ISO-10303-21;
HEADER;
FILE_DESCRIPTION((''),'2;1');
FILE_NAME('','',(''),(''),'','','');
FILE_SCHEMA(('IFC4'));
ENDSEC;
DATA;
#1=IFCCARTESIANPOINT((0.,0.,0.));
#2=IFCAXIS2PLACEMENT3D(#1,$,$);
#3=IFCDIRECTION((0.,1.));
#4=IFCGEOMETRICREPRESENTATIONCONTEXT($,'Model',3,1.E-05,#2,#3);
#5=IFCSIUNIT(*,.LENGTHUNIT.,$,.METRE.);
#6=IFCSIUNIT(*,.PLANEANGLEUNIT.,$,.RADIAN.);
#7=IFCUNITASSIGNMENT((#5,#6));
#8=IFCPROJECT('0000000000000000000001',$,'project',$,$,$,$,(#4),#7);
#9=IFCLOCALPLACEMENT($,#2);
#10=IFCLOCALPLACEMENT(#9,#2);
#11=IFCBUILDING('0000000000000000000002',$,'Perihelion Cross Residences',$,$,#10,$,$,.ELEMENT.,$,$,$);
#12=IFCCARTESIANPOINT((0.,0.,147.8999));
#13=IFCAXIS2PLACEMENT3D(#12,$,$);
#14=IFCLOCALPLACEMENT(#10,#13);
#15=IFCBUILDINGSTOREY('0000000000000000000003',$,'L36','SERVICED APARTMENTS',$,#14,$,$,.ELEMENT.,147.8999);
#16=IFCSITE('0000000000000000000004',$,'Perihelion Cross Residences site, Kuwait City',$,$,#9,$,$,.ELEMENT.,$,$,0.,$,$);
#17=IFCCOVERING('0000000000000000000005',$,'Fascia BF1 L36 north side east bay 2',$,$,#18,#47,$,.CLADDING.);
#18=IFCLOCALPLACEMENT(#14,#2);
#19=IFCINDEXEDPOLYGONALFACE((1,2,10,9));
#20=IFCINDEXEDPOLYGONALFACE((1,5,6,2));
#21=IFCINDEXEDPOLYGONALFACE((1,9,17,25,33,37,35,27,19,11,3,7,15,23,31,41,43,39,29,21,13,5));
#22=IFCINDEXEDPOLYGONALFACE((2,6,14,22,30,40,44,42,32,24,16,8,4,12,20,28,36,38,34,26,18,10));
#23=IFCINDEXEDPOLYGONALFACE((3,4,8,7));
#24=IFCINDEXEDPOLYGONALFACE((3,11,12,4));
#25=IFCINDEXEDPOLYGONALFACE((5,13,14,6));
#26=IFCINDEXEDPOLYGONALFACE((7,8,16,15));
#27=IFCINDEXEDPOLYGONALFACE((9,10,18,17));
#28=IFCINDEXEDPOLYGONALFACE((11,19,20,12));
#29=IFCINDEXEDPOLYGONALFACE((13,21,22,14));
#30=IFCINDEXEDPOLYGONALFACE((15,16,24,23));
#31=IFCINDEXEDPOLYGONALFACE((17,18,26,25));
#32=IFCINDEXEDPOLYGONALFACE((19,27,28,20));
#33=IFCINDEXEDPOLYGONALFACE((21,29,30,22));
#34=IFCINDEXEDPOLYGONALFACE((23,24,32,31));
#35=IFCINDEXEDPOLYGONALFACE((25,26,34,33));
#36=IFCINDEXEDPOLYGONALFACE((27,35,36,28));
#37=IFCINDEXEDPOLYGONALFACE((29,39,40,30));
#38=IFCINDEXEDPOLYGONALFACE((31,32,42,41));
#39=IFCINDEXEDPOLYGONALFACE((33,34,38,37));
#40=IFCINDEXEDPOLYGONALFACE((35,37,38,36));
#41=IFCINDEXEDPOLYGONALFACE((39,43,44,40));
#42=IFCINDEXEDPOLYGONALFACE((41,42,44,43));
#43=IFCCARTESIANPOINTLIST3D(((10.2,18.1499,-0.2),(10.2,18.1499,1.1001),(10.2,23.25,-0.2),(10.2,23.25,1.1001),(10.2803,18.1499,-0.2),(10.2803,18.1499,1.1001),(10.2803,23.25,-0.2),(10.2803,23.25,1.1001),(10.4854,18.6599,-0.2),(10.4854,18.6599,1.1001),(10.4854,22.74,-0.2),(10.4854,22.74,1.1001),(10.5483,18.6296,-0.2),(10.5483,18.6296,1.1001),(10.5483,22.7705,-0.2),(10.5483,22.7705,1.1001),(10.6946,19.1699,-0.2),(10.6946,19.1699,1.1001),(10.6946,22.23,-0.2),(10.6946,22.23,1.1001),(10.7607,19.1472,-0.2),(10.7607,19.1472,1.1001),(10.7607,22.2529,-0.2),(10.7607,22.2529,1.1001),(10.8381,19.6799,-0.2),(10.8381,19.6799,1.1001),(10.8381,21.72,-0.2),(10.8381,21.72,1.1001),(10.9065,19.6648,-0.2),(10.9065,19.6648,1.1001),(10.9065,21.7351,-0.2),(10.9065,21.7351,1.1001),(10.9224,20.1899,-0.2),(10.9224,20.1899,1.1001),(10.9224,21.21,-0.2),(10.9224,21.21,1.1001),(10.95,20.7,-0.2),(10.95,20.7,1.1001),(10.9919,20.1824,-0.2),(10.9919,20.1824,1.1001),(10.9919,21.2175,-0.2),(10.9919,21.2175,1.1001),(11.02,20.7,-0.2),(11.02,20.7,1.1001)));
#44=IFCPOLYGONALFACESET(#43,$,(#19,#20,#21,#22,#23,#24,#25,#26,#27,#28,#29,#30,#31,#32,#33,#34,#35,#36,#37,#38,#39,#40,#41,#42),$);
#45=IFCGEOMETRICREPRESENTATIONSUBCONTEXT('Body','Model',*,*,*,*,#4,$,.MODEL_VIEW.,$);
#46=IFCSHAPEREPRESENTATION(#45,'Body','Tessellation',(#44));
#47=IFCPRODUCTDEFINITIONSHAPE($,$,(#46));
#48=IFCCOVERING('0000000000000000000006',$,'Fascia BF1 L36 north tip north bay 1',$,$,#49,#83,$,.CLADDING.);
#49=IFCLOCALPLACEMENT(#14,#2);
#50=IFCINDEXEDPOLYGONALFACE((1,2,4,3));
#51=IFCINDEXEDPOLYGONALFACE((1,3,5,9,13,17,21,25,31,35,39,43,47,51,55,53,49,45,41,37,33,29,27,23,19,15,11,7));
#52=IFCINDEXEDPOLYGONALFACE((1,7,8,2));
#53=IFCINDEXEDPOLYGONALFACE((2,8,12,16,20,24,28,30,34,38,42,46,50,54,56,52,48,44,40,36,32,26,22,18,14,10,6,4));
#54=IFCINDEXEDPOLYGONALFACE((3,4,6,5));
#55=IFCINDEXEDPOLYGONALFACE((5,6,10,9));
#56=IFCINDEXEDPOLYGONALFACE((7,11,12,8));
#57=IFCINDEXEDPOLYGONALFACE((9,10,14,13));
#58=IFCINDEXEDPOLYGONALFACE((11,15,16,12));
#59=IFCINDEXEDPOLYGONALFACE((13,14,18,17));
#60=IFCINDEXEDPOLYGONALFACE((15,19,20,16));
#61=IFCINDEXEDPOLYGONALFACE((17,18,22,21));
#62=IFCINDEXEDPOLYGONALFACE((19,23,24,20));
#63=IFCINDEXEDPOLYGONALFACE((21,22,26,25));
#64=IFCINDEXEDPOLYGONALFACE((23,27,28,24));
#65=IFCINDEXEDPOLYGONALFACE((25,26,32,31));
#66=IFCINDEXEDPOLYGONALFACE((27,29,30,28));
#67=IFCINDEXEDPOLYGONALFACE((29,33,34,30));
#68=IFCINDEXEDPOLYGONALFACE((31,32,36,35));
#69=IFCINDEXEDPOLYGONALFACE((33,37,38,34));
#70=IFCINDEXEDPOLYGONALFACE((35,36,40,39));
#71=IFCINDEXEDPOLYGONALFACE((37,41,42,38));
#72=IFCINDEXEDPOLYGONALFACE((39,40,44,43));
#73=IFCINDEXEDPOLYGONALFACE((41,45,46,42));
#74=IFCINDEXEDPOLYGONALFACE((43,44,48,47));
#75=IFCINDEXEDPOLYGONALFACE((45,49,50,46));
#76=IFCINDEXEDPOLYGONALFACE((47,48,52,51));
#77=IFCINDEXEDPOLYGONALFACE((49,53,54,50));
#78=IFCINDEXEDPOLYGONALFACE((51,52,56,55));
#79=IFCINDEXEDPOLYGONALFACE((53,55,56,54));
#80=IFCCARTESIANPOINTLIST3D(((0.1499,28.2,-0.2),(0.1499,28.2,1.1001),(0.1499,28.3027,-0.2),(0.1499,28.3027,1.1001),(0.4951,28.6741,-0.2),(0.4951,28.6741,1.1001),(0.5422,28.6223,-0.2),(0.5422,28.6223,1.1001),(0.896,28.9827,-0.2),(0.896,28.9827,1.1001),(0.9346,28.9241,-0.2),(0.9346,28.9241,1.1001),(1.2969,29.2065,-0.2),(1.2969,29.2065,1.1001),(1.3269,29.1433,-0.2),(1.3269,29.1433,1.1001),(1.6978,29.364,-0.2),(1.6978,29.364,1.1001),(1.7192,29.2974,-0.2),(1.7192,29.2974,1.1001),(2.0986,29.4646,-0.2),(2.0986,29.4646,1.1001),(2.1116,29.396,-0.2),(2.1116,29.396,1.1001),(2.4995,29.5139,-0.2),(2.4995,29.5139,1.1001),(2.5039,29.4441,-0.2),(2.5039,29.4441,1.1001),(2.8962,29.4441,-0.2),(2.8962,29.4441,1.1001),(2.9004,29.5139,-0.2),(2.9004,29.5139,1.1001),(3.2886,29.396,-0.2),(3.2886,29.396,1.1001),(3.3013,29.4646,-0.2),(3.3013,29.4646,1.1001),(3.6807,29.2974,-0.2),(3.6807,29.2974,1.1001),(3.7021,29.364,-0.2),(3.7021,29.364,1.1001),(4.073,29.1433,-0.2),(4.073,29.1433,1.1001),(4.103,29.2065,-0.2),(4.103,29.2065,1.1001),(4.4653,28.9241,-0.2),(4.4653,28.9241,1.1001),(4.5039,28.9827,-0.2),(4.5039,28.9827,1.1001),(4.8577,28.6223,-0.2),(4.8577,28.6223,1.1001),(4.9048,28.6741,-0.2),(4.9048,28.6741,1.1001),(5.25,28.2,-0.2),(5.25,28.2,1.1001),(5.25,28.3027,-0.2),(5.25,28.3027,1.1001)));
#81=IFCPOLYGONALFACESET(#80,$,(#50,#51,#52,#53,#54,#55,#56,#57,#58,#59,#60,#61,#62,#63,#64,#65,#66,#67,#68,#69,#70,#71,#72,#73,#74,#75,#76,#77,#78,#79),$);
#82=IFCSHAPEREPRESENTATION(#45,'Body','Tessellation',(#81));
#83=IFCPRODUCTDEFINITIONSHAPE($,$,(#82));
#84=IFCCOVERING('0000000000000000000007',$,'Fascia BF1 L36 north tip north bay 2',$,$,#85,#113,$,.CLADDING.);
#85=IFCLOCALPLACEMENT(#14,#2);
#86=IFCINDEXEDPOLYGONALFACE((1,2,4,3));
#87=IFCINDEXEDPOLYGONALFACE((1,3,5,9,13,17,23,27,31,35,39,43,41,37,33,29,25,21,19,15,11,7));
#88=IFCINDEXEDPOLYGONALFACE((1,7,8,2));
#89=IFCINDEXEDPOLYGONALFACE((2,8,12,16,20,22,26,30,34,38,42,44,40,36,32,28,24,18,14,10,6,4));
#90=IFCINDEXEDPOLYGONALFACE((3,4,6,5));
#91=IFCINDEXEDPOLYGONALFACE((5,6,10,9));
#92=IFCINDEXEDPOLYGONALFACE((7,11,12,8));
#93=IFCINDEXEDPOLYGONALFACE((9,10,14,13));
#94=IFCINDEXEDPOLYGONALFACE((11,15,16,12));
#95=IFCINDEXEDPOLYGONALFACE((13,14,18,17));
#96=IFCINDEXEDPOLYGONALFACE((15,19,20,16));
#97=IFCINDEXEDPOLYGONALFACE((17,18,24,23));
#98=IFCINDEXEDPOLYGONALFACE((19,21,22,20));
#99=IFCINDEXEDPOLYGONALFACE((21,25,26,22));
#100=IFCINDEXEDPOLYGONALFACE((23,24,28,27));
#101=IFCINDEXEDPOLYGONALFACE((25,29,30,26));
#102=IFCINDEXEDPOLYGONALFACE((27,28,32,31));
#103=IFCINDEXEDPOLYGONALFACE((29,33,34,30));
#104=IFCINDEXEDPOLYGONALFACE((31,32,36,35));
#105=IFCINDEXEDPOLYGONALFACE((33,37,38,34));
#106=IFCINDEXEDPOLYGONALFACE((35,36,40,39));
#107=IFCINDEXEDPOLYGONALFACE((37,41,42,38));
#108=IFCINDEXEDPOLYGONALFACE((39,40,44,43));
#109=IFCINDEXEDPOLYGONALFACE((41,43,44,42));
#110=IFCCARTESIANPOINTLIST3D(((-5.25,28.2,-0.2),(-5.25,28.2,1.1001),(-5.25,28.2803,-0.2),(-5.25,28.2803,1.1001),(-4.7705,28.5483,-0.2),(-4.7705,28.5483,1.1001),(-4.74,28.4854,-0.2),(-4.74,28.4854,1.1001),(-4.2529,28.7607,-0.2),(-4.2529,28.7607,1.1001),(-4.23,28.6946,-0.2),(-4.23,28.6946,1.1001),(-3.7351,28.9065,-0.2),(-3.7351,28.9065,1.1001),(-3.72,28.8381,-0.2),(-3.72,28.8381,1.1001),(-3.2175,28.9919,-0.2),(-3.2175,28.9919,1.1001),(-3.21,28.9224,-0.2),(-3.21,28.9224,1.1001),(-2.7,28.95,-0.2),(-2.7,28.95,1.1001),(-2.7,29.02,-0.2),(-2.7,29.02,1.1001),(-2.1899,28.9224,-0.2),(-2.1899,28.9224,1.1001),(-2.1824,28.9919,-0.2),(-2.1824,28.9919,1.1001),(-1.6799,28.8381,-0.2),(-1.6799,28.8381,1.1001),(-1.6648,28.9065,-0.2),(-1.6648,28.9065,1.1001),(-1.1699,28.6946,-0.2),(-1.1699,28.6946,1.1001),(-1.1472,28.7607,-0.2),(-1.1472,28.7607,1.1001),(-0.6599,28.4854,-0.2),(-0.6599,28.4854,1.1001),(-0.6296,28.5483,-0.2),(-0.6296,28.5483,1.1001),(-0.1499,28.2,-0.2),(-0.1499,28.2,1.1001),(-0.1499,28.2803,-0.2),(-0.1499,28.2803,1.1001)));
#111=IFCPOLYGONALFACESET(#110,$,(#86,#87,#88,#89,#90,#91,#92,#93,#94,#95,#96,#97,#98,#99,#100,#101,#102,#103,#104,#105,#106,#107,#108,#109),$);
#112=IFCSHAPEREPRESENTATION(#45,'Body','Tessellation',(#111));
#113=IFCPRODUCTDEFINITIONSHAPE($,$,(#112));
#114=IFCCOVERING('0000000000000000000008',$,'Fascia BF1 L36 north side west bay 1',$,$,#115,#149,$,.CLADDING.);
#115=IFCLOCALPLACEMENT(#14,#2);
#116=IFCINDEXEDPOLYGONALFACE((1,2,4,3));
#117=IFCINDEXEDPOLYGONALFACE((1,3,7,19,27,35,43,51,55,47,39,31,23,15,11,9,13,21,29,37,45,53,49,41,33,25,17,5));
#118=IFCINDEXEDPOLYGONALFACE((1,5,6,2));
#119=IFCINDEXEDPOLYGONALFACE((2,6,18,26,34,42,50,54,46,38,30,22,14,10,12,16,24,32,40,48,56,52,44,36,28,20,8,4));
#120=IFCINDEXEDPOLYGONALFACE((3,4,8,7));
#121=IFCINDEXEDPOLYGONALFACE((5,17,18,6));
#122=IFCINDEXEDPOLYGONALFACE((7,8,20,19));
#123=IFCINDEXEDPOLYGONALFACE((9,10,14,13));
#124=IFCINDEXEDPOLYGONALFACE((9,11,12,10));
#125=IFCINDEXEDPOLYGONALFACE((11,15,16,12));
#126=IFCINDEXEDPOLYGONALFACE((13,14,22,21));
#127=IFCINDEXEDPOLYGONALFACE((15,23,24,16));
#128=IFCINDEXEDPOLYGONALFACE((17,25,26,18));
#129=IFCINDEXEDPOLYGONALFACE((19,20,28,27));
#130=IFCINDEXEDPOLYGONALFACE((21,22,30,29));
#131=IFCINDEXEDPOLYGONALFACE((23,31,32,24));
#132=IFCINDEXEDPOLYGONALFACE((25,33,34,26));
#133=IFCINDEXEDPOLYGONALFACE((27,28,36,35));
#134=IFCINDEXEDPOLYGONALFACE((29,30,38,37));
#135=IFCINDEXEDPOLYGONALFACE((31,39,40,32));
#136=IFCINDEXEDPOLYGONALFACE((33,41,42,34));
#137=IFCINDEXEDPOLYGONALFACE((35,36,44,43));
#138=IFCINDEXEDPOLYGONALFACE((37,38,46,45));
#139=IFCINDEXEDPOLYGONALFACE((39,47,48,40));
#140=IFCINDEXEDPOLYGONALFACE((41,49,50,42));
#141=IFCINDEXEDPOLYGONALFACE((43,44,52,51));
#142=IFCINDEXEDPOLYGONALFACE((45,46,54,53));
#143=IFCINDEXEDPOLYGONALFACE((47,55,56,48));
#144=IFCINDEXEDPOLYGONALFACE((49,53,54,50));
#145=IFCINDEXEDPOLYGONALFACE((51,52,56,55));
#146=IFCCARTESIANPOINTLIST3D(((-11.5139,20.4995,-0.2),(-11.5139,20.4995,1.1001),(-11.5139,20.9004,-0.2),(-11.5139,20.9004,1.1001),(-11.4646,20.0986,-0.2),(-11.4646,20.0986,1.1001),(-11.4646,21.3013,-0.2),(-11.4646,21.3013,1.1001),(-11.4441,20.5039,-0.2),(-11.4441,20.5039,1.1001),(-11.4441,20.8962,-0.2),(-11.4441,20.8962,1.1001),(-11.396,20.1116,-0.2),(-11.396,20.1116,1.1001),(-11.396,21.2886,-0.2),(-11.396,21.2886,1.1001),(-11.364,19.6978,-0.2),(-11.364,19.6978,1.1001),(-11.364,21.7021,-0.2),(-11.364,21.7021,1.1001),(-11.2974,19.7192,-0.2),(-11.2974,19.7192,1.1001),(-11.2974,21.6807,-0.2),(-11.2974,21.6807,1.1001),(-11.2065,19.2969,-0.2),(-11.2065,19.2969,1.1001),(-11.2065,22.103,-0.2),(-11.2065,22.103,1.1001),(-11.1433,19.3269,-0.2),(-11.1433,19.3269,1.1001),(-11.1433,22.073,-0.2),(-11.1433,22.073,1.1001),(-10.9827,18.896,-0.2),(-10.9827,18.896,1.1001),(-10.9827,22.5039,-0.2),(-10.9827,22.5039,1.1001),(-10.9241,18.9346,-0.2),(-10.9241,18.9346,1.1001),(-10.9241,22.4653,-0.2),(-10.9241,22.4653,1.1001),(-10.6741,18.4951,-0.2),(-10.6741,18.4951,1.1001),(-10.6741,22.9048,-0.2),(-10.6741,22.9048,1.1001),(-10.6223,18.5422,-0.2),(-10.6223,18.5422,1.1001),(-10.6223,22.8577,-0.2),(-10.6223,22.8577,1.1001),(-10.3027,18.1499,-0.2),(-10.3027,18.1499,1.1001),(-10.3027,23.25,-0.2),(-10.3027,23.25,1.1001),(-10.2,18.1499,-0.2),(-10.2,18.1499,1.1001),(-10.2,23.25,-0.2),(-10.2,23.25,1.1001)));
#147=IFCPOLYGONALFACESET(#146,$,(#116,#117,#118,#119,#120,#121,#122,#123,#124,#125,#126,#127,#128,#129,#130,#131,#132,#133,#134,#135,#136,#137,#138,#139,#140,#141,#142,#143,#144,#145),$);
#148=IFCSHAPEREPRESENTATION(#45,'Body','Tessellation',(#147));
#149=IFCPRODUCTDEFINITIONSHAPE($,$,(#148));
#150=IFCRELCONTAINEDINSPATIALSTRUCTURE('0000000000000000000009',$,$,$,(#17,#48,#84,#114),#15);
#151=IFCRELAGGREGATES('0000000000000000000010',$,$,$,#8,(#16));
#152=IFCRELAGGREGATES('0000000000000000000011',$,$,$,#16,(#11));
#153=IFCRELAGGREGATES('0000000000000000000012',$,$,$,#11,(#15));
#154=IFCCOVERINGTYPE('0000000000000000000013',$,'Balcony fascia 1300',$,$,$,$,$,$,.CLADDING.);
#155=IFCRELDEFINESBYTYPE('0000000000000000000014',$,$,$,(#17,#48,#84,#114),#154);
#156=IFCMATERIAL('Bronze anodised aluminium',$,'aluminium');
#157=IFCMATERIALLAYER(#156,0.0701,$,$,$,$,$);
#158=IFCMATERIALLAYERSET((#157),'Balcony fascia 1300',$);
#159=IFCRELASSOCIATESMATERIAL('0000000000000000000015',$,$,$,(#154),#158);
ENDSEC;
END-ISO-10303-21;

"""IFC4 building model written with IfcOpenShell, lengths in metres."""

from ifc_helpers import new_model, si_unit, direction, frame, origin, place, context, subcontext, project, spatial, polyline, outline, extrude, material, layer, layer_set, type_object, element, save


model = new_model("IFC4")

# Units and contexts
model_context = context("Model", 3, precision=1e-05, world=origin(), true_north=direction((0.0, 1.0)))
body_context = subcontext(model_context, "Body", "Model", "MODEL_VIEW")
ifc_project = project(units=[si_unit("LENGTHUNIT", "METRE"), si_unit("PLANEANGLEUNIT", "RADIAN")], contexts=[model_context])

# Site, building, storey
site_placement = place(None, origin())
site = spatial("IfcSite", under=ifc_project, at=site_placement, Name="Perihelion Cross Residences site, Kuwait City", CompositionType="ELEMENT", RefElevation=0.0)
building_placement = place(site_placement, origin())
building = spatial("IfcBuilding", under=site, at=building_placement, Name="Perihelion Cross Residences", CompositionType="ELEMENT")
storey_placement = place(building_placement, frame((0.0, 0.0, 147.8999)))
storey = spatial("IfcBuildingStorey", under=building, at=storey_placement, Name="L36", Description="SERVICED APARTMENTS", CompositionType="ELEMENT", Elevation=147.8999)

# Coverings
ifc_material_1 = material(Name="Bronze anodised aluminium", Category="aluminium")
ifc_layer_1 = layer(ifc_material_1, 0.0701)
ifc_layer_set_1 = layer_set([ifc_layer_1], Name="Balcony fascia 1300")
covering_type = type_object("IfcCoveringType", Name="Balcony fascia 1300", PredefinedType="CLADDING", material=ifc_layer_set_1)
covering_1_placement = place(storey_placement, frame((0.0, 0.0, -0.2)))
element("IfcCovering", 1, at=covering_1_placement, inside=storey, type_object=covering_type, Name="Fascia BF1 L36 north side east bay 2", PredefinedType="CLADDING", context=body_context, shape_type="SweptSolid", body=[
    extrude(outline(polyline([(10.5483, 18.6296), (10.7607, 19.1472), (10.9065, 19.6648), (10.9919, 20.1824), (11.02, 20.7), (10.9919, 21.2175), (10.9065, 21.7351), (10.7607, 22.2529), (10.5483, 22.7705), (10.2803, 23.25), (10.2, 23.25), (10.4854, 22.74), (10.6946, 22.23), (10.8381, 21.72), (10.9224, 21.21), (10.95, 20.7), (10.9224, 20.1899), (10.8381, 19.6799), (10.6946, 19.1699), (10.4854, 18.6599), (10.2, 18.1499), (10.2803, 18.1499), (10.5483, 18.6296)])), origin(), (0.0, 0.0, 1.0), 1.3),
])
covering_2_placement = place(storey_placement, frame((0.0, 0.0, -0.2)))
element("IfcCovering", 2, at=covering_2_placement, inside=storey, type_object=covering_type, Name="Fascia BF1 L36 north tip north bay 1", PredefinedType="CLADDING", context=body_context, shape_type="SweptSolid", body=[
    extrude(outline(polyline([(4.9048, 28.6741), (4.5039, 28.9827), (4.103, 29.2065), (3.7021, 29.364), (3.3013, 29.4646), (2.9004, 29.5139), (2.4995, 29.5139), (2.0986, 29.4646), (1.6978, 29.364), (1.2969, 29.2065), (0.896, 28.9827), (0.4951, 28.6741), (0.1499, 28.3027), (0.1499, 28.2), (0.5422, 28.6223), (0.9346, 28.9241), (1.3269, 29.1433), (1.7192, 29.2974), (2.1116, 29.396), (2.5039, 29.4441), (2.8962, 29.4441), (3.2886, 29.396), (3.6807, 29.2974), (4.073, 29.1433), (4.4653, 28.9241), (4.8577, 28.6223), (5.25, 28.2), (5.25, 28.3027), (4.9048, 28.6741)])), origin(), (0.0, 0.0, 1.0), 1.3),
])
covering_3_placement = place(storey_placement, frame((0.0, 0.0, -0.2)))
element("IfcCovering", 3, at=covering_3_placement, inside=storey, type_object=covering_type, Name="Fascia BF1 L36 north tip north bay 2", PredefinedType="CLADDING", context=body_context, shape_type="SweptSolid", body=[
    extrude(outline(polyline([(-0.6296, 28.5483), (-1.1472, 28.7607), (-1.6648, 28.9065), (-2.1824, 28.9919), (-2.7, 29.02), (-3.2175, 28.9919), (-3.7351, 28.9065), (-4.2529, 28.7607), (-4.7705, 28.5483), (-5.25, 28.2803), (-5.25, 28.2), (-4.74, 28.4854), (-4.23, 28.6946), (-3.72, 28.8381), (-3.21, 28.9224), (-2.7, 28.95), (-2.1899, 28.9224), (-1.6799, 28.8381), (-1.1699, 28.6946), (-0.6599, 28.4854), (-0.1499, 28.2), (-0.1499, 28.2803), (-0.6296, 28.5483)])), origin(), (0.0, 0.0, 1.0), 1.3),
])
covering_4_placement = place(storey_placement, frame((0.0, 0.0, -0.2)))
element("IfcCovering", 4, at=covering_4_placement, inside=storey, type_object=covering_type, Name="Fascia BF1 L36 north side west bay 1", PredefinedType="CLADDING", context=body_context, shape_type="SweptSolid", body=[
    extrude(outline(polyline([(-10.6741, 22.9048), (-10.9827, 22.5039), (-11.2065, 22.103), (-11.364, 21.7021), (-11.4646, 21.3013), (-11.5139, 20.9004), (-11.5139, 20.4995), (-11.4646, 20.0986), (-11.364, 19.6978), (-11.2065, 19.2969), (-10.9827, 18.896), (-10.6741, 18.4951), (-10.3027, 18.1499), (-10.2, 18.1499), (-10.6223, 18.5422), (-10.9241, 18.9346), (-11.1433, 19.3269), (-11.2974, 19.7192), (-11.396, 20.1116), (-11.4441, 20.5039), (-11.4441, 20.8962), (-11.396, 21.2886), (-11.2974, 21.6807), (-11.1433, 22.073), (-10.9241, 22.4653), (-10.6223, 22.8577), (-10.2, 23.25), (-10.3027, 23.25), (-10.6741, 22.9048)])), origin(), (0.0, 0.0, 1.0), 1.3),
])

save(model, "model.ifc")
